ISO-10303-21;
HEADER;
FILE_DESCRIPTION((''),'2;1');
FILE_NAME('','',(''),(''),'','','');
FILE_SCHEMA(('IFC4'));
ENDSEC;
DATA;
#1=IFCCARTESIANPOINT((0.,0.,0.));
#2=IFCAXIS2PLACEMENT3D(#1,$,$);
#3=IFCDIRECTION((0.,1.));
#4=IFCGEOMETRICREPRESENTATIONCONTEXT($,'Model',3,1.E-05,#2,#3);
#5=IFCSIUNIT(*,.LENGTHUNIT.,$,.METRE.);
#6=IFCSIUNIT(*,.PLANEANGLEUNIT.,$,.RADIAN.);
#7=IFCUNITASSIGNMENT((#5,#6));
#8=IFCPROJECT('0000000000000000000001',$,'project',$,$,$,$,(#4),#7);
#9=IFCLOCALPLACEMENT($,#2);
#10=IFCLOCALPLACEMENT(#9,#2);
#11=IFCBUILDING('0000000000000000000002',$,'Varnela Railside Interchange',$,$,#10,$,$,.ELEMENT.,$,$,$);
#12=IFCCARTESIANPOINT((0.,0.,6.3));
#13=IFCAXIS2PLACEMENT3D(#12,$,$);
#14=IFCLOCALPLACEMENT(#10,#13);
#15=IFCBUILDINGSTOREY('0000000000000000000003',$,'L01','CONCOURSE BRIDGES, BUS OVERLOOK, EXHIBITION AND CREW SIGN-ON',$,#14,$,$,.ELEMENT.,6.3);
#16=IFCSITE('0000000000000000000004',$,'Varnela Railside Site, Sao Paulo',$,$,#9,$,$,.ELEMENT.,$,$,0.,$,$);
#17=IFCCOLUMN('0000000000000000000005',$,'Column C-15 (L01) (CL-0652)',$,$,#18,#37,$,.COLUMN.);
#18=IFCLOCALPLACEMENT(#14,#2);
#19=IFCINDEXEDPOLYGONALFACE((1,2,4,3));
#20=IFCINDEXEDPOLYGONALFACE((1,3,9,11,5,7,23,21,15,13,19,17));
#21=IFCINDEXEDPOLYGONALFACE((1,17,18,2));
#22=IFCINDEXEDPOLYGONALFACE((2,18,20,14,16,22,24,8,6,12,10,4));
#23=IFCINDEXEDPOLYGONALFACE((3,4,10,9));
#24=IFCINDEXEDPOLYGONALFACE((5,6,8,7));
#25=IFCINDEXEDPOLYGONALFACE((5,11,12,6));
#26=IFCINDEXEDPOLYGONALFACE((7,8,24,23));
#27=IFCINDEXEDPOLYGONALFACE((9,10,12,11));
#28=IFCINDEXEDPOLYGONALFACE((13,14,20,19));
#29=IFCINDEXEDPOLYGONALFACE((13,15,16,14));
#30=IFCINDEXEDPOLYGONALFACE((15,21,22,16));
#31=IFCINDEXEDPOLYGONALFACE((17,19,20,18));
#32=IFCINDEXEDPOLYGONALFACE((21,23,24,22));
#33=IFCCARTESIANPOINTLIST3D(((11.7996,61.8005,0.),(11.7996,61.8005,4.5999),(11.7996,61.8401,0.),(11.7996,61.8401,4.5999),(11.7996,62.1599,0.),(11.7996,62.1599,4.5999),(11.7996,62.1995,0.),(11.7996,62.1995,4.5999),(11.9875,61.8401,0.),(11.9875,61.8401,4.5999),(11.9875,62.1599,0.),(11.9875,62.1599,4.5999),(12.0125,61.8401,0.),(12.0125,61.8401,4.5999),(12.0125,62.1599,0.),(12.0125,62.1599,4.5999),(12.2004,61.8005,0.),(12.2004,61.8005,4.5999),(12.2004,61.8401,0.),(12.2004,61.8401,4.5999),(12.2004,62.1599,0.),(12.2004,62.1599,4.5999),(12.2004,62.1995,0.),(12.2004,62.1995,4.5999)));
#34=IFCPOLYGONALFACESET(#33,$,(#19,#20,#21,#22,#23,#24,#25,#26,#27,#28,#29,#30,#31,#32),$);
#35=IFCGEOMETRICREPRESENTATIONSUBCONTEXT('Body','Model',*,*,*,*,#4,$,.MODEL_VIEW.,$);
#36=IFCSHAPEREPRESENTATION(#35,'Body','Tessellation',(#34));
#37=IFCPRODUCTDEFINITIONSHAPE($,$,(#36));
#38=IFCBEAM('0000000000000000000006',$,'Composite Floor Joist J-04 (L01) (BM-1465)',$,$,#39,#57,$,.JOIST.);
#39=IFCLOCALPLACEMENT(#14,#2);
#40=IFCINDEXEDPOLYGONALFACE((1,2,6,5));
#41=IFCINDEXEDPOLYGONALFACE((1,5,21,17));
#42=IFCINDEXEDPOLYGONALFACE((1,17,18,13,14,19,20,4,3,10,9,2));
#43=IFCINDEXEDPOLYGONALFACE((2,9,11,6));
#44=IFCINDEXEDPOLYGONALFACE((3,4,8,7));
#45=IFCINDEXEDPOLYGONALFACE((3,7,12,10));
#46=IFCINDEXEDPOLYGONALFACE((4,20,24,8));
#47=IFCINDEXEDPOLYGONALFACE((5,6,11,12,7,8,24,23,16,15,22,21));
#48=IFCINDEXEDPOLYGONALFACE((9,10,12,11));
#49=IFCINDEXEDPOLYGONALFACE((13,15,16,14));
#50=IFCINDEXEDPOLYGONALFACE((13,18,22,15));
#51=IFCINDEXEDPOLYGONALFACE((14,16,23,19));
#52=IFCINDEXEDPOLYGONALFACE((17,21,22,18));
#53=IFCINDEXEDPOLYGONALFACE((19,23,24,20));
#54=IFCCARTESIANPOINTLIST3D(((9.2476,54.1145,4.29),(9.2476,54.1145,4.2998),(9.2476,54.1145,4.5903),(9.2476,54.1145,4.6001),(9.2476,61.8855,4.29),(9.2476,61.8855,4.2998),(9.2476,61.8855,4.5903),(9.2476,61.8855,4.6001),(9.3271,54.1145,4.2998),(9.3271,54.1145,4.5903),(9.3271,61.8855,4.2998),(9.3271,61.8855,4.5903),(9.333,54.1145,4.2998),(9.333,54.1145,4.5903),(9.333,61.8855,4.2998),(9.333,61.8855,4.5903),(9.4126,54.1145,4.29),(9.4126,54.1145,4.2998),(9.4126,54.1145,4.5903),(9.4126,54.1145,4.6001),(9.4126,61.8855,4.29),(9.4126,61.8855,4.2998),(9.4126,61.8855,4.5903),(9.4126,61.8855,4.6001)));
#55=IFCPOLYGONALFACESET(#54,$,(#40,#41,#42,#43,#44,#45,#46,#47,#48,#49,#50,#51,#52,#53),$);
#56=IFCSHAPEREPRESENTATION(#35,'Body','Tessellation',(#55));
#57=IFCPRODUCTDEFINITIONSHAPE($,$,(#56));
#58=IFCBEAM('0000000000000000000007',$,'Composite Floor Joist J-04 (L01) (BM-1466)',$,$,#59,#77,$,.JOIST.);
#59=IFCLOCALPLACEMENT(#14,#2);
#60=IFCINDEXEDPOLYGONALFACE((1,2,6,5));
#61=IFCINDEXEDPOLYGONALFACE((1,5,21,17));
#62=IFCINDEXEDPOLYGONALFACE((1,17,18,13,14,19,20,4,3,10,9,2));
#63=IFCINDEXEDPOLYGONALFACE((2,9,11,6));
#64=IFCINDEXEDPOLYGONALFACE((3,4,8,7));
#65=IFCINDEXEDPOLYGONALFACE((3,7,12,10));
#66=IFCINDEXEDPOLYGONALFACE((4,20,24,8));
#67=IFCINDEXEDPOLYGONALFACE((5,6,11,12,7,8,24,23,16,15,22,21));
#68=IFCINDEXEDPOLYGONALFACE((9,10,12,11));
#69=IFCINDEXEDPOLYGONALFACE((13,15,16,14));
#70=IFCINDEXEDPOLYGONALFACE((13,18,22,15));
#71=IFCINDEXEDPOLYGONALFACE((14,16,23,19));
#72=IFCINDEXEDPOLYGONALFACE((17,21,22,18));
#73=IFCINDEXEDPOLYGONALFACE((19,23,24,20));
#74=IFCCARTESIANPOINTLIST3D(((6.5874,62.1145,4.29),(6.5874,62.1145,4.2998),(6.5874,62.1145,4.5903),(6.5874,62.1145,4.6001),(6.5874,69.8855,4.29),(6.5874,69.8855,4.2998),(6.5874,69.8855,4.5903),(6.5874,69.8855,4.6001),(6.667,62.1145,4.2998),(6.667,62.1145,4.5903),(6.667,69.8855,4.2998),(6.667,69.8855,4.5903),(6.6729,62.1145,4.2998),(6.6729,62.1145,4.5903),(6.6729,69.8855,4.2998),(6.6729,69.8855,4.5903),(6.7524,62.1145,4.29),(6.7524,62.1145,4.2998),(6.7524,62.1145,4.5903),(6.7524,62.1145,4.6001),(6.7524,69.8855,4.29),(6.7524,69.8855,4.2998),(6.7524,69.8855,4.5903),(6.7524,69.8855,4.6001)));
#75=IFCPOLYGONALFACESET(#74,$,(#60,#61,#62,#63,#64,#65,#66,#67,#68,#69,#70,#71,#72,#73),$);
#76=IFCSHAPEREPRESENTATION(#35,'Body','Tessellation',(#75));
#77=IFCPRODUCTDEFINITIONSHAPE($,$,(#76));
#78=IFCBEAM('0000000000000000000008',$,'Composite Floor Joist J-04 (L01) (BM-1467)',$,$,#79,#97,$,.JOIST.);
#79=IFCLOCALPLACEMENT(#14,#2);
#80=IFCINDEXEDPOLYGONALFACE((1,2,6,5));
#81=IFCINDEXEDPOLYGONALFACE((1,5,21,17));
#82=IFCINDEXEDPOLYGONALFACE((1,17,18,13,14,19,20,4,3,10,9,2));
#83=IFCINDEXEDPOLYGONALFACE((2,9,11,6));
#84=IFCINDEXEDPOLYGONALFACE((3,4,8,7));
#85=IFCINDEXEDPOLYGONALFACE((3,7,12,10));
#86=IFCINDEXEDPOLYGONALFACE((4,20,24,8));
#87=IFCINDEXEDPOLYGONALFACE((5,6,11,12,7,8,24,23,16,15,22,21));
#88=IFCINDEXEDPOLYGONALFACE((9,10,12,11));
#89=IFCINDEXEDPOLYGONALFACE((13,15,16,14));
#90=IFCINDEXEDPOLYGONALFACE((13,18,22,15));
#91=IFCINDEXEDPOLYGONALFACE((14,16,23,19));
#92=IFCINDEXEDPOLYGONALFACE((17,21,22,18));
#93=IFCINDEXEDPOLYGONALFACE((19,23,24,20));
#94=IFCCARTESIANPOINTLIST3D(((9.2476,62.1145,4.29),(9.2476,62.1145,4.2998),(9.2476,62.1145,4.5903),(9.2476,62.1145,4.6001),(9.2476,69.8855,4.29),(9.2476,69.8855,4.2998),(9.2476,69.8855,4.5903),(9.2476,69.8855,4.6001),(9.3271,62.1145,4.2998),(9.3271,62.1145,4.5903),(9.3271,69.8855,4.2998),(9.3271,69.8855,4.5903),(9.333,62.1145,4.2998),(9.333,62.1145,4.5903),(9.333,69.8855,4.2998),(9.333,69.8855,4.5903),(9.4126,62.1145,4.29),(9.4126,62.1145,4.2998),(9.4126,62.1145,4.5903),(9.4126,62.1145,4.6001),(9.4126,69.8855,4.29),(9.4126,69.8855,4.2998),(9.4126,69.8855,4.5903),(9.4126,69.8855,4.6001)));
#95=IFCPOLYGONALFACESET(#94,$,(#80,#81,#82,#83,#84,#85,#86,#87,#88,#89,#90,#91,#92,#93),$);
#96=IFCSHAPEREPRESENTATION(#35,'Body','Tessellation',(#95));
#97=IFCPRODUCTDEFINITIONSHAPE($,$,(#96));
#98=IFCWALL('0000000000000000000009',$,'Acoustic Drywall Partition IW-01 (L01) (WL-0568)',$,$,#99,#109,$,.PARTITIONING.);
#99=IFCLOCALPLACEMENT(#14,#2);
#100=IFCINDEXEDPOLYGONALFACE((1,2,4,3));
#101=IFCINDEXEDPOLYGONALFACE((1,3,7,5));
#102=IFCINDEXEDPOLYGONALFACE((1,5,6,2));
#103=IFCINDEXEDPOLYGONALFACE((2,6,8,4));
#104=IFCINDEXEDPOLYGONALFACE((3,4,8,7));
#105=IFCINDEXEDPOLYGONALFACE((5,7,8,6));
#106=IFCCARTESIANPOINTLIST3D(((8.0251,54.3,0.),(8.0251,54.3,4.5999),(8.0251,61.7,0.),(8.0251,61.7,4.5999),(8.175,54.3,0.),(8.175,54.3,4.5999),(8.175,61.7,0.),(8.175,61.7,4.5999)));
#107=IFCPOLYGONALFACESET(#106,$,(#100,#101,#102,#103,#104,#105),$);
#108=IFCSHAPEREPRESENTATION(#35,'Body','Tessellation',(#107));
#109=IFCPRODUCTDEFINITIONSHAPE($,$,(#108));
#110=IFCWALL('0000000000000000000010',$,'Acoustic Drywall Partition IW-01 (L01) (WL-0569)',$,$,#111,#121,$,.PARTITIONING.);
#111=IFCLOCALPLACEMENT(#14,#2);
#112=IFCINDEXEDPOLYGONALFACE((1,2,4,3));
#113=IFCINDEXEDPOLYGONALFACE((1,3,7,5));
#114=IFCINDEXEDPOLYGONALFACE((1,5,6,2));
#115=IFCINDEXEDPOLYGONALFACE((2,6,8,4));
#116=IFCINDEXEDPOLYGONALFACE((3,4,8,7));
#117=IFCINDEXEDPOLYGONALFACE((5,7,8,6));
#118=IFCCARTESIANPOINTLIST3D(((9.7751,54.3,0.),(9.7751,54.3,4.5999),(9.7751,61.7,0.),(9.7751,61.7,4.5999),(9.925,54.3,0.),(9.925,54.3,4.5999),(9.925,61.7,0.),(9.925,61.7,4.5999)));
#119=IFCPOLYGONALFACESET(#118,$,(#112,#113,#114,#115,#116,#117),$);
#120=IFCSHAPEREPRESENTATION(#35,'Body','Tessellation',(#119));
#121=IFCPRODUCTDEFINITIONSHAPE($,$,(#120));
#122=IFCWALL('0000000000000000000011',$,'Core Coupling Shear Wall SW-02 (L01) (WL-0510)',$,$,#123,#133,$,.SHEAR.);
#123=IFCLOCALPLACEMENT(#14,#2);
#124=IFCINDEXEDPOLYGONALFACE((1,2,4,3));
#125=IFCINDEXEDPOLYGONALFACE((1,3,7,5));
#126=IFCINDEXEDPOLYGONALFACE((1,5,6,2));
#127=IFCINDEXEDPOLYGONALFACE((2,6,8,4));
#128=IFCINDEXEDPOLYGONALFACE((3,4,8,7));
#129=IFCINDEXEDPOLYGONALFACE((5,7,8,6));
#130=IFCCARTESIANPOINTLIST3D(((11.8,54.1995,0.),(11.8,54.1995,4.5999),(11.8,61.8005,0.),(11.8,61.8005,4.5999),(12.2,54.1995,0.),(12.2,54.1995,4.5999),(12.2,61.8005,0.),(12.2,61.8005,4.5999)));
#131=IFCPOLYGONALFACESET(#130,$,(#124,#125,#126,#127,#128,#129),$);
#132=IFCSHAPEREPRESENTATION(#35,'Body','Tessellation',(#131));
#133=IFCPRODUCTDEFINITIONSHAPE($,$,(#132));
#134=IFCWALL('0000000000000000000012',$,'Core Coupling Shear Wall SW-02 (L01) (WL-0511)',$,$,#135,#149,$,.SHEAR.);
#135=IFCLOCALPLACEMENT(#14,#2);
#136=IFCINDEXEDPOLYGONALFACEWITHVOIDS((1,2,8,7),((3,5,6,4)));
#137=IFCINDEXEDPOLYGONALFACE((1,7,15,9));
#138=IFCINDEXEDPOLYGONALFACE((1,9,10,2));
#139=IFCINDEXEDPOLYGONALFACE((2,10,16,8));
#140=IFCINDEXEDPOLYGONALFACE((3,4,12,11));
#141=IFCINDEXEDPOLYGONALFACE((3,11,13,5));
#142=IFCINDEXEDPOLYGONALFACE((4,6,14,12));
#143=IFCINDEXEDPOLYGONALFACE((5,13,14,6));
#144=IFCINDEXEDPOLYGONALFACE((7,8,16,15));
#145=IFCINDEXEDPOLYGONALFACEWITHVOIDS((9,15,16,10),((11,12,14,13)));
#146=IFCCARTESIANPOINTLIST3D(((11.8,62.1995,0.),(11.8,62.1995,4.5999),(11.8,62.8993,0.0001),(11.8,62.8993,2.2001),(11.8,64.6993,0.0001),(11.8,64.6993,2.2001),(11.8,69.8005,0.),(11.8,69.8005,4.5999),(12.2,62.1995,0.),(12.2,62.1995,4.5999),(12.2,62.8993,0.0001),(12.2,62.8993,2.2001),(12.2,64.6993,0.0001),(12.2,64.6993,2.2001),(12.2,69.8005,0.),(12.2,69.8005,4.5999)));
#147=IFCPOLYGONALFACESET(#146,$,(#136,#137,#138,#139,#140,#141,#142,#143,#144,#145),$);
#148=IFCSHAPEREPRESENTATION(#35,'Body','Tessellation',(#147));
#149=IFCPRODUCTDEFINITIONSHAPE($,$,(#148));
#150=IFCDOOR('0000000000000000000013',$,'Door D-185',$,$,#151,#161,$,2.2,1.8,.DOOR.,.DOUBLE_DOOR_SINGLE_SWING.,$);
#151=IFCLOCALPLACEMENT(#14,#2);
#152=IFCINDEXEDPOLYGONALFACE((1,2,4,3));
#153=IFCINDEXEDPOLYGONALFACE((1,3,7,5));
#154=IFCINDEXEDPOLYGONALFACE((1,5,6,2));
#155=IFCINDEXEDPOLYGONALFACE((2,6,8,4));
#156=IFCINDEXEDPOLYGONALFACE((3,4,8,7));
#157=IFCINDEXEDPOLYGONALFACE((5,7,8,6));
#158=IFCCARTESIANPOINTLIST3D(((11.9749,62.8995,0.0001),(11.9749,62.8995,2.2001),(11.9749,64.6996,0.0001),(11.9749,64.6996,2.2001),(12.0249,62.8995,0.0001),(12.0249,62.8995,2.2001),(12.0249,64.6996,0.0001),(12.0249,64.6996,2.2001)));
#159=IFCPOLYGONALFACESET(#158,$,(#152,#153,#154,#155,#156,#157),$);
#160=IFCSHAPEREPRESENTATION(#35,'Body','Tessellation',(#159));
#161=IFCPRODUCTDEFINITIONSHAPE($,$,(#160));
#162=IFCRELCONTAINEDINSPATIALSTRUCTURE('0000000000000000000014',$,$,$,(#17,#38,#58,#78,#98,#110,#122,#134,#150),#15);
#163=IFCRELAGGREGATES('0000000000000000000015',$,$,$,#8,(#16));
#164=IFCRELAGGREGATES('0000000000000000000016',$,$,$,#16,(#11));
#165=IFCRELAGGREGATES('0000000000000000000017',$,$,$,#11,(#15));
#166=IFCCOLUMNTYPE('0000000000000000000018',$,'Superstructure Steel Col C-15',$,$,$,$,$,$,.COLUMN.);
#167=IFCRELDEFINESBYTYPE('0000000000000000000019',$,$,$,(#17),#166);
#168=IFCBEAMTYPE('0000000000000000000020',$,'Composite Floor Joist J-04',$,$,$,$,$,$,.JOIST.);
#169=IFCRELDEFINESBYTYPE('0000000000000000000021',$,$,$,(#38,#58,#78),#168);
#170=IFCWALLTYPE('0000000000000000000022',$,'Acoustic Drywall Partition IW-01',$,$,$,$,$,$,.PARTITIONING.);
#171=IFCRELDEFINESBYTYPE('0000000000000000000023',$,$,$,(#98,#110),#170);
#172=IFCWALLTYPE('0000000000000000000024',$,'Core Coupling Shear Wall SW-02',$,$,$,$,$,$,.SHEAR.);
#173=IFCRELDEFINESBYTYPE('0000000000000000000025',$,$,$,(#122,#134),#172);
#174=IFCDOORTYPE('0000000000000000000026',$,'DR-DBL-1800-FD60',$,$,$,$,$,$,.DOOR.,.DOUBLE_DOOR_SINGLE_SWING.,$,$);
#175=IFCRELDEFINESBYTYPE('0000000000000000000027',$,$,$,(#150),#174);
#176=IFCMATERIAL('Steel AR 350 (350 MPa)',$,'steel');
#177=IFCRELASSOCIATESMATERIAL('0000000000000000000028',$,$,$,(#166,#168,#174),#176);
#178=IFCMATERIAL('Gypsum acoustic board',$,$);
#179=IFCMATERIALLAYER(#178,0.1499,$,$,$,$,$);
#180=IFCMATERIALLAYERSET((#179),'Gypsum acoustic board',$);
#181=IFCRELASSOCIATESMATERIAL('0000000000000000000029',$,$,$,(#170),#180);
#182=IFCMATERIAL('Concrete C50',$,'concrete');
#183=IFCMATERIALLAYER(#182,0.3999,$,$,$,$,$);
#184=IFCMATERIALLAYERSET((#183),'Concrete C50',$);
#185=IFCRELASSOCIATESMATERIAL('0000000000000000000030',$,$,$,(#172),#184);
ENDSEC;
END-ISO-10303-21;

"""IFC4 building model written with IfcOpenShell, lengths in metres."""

from ifc_helpers import new_model, si_unit, direction, frame, frame_2d, origin, origin_2d, place, context, subcontext, project, spatial, rectangle, i_section, extrude, material, layer, layer_set, material_profile, profile_set, type_object, element, fill, save


model = new_model("IFC4")

# Units and contexts
model_context = context("Model", 3, precision=1e-05, world=origin(), true_north=direction((0.0, 1.0)))
body_context = subcontext(model_context, "Body", "Model", "MODEL_VIEW")
ifc_project = project(units=[si_unit("LENGTHUNIT", "METRE"), si_unit("PLANEANGLEUNIT", "RADIAN")], contexts=[model_context])

# Site, building, storey
site_placement = place(None, origin())
site = spatial("IfcSite", under=ifc_project, at=site_placement, Name="Varnela Railside Site, Sao Paulo", CompositionType="ELEMENT", RefElevation=0.0)
building_placement = place(site_placement, origin())
building = spatial("IfcBuilding", under=site, at=building_placement, Name="Varnela Railside Interchange", CompositionType="ELEMENT")
storey_placement = place(building_placement, frame((0.0, 0.0, 6.3)))
storey = spatial("IfcBuildingStorey", under=building, at=storey_placement, Name="L01", Description="CONCOURSE BRIDGES, BUS OVERLOOK, EXHIBITION AND CREW SIGN-ON", CompositionType="ELEMENT", Elevation=6.3)

# Column
ifc_material_1 = material(Name="Steel AR 350 (350 MPa)", Category="steel")
ifc_material_profile_1 = material_profile(ifc_material_1, i_section(OverallWidth=0.4009, OverallDepth=0.3989, WebThickness=0.0249, FlangeThickness=0.0396, at=origin_2d()), Name="W360x314")
ifc_profile_set_1 = profile_set([ifc_material_profile_1], Name="Steel AR 350 (350 MPa)")
column_type = type_object("IfcColumnType", Name="Superstructure Steel Col C-15", PredefinedType="COLUMN", material=ifc_profile_set_1)
column_placement = place(storey_placement, frame((12.0, 62.0, 0.0), z_axis=(0.0, 0.0, 1.0), x_axis=(1.0, 0.0, 0.0)))
element("IfcColumn", 1, at=column_placement, inside=storey, type_object=column_type, Name="Column C-15 (L01) (CL-0652)", PredefinedType="COLUMN", context=body_context, shape_type="SweptSolid", body=[
    extrude(i_section(OverallWidth=0.4009, OverallDepth=0.3989, WebThickness=0.0249, FlangeThickness=0.0396, at=origin_2d()), origin(), (0.0, 0.0, 1.0), 4.5999),
])

# Beams
ifc_material_profile_2 = material_profile(ifc_material_1, i_section(OverallWidth=0.165, OverallDepth=0.3101, WebThickness=0.0059, FlangeThickness=0.0098, at=origin_2d()), Name="W310x38.7")
ifc_profile_set_2 = profile_set([ifc_material_profile_2], Name="Steel AR 350 (350 MPa)")
beam_type = type_object("IfcBeamType", Name="Composite Floor Joist J-04", PredefinedType="JOIST", material=ifc_profile_set_2)
for number, where, z_axis, x_axis, name in (
    (2, (9.3301, 54.1145, 4.4451), (0.0, 1.0, 0.0), (-1.0, 0.0, 0.0), "Composite Floor Joist J-04 (L01) (BM-1465)"),
    (3, (6.6699, 62.1145, 4.4451), (0.0, 1.0, 0.0), (-1.0, 0.0, 0.0), "Composite Floor Joist J-04 (L01) (BM-1466)"),
    (4, (9.3301, 62.1145, 4.4451), (0.0, 1.0, 0.0), (-1.0, 0.0, 0.0), "Composite Floor Joist J-04 (L01) (BM-1467)"),
):
    element("IfcBeam", number, at=place(storey_placement, frame(where, z_axis=z_axis, x_axis=x_axis)), inside=storey, type_object=beam_type, Name=name, PredefinedType="JOIST", context=body_context, shape_type="SweptSolid", body=[
        extrude(i_section(OverallWidth=0.165, OverallDepth=0.3101, WebThickness=0.0059, FlangeThickness=0.0098, at=origin_2d()), origin(), (0.0, 0.0, 1.0), 7.771),
    ])

# Walls
ifc_material_2 = material(Name="Gypsum acoustic board")
ifc_layer_1 = layer(ifc_material_2, 0.1499)
ifc_layer_set_1 = layer_set([ifc_layer_1], Name="Gypsum acoustic board")
wall_type_1 = type_object("IfcWallType", Name="Acoustic Drywall Partition IW-01", PredefinedType="PARTITIONING", material=ifc_layer_set_1)
for number, where, z_axis, x_axis, name in (
    (5, (8.1001, 54.3, 0.0), (0.0, 0.0, 1.0), (0.0, 1.0, 0.0), "Acoustic Drywall Partition IW-01 (L01) (WL-0568)"),
    (6, (9.8501, 54.3, 0.0), (0.0, 0.0, 1.0), (0.0, 1.0, 0.0), "Acoustic Drywall Partition IW-01 (L01) (WL-0569)"),
):
    element("IfcWall", number, at=place(storey_placement, frame(where, z_axis=z_axis, x_axis=x_axis)), inside=storey, type_object=wall_type_1, Name=name, PredefinedType="PARTITIONING", context=body_context, shape_type="SweptSolid", body=[
        extrude(rectangle(XDim=7.3999, YDim=0.1499, at=frame_2d((3.7, 0.0))), origin(), (0.0, 0.0, 1.0), 4.5999),
    ])
ifc_material_3 = material(Name="Concrete C50", Category="concrete")
ifc_layer_2 = layer(ifc_material_3, 0.3999)
ifc_layer_set_2 = layer_set([ifc_layer_2], Name="Concrete C50")
wall_type_2 = type_object("IfcWallType", Name="Core Coupling Shear Wall SW-02", PredefinedType="SHEAR", material=ifc_layer_set_2)
wall_1_placement = place(storey_placement, frame((12.0, 54.1995, 0.0), z_axis=(0.0, 0.0, 1.0), x_axis=(0.0, 1.0, 0.0)))
element("IfcWall", 7, at=wall_1_placement, inside=storey, type_object=wall_type_2, Name="Core Coupling Shear Wall SW-02 (L01) (WL-0510)", PredefinedType="SHEAR", context=body_context, shape_type="SweptSolid", body=[
    extrude(rectangle(XDim=7.6011, YDim=0.3999, at=frame_2d((3.8005, 0.0))), origin(), (0.0, 0.0, 1.0), 4.5999),
])

# Wall, opening, door
wall_2_placement = place(storey_placement, frame((12.0, 62.1995, 0.0), z_axis=(0.0, 0.0, 1.0), x_axis=(0.0, 1.0, 0.0)))
wall_2 = element("IfcWall", 8, at=wall_2_placement, inside=storey, type_object=wall_type_2, Name="Core Coupling Shear Wall SW-02 (L01) (WL-0511)", PredefinedType="SHEAR", context=body_context, shape_type="SweptSolid", body=[
    extrude(rectangle(XDim=7.6011, YDim=0.3999, at=frame_2d((3.8005, 0.0))), origin(), (0.0, 0.0, 1.0), 4.5999),
])
opening_1_placement = place(wall_2_placement, frame((0.7, 0.0, 0.0)))
opening_1 = element("IfcOpeningElement", 9, at=opening_1_placement, cuts=wall_2, PredefinedType="OPENING", context=body_context, shape_type="SweptSolid", body=[
    extrude(rectangle(XDim=1.8, YDim=2.2, at=frame_2d((0.8999, 1.1001))), frame((0.0, 0.21, 0.0), z_axis=(0.0, -1.0, 0.0), x_axis=(1.0, 0.0, 0.0)), (0.0, 0.0, 1.0), 0.4199),
])
door_type_1 = type_object("IfcDoorType", Name="DR-DBL-1800-FD60", OperationType="DOUBLE_DOOR_SINGLE_SWING", PredefinedType="DOOR", material=ifc_material_1)
door_1_placement = place(opening_1_placement, frame((1.8, 0.0, 0.0), z_axis=(0.0, 0.0, 1.0), x_axis=(-1.0, 0.0, 0.0)))
door_1 = element("IfcDoor", 10, at=door_1_placement, inside=storey, type_object=door_type_1, Name="Door D-185", OperationType="DOUBLE_DOOR_SINGLE_SWING", OverallHeight=2.2, OverallWidth=1.8, PredefinedType="DOOR", context=body_context, shape_type="SweptSolid", body=[
    extrude(rectangle(XDim=1.8, YDim=2.2, at=frame_2d((0.8999, 1.1001))), frame((0.0, 0.0249, 0.0), z_axis=(0.0, -1.0, 0.0), x_axis=(1.0, 0.0, 0.0)), (0.0, 0.0, 1.0), 0.05),
])
fill(opening_1, door_1)

save(model, "model.ifc")
